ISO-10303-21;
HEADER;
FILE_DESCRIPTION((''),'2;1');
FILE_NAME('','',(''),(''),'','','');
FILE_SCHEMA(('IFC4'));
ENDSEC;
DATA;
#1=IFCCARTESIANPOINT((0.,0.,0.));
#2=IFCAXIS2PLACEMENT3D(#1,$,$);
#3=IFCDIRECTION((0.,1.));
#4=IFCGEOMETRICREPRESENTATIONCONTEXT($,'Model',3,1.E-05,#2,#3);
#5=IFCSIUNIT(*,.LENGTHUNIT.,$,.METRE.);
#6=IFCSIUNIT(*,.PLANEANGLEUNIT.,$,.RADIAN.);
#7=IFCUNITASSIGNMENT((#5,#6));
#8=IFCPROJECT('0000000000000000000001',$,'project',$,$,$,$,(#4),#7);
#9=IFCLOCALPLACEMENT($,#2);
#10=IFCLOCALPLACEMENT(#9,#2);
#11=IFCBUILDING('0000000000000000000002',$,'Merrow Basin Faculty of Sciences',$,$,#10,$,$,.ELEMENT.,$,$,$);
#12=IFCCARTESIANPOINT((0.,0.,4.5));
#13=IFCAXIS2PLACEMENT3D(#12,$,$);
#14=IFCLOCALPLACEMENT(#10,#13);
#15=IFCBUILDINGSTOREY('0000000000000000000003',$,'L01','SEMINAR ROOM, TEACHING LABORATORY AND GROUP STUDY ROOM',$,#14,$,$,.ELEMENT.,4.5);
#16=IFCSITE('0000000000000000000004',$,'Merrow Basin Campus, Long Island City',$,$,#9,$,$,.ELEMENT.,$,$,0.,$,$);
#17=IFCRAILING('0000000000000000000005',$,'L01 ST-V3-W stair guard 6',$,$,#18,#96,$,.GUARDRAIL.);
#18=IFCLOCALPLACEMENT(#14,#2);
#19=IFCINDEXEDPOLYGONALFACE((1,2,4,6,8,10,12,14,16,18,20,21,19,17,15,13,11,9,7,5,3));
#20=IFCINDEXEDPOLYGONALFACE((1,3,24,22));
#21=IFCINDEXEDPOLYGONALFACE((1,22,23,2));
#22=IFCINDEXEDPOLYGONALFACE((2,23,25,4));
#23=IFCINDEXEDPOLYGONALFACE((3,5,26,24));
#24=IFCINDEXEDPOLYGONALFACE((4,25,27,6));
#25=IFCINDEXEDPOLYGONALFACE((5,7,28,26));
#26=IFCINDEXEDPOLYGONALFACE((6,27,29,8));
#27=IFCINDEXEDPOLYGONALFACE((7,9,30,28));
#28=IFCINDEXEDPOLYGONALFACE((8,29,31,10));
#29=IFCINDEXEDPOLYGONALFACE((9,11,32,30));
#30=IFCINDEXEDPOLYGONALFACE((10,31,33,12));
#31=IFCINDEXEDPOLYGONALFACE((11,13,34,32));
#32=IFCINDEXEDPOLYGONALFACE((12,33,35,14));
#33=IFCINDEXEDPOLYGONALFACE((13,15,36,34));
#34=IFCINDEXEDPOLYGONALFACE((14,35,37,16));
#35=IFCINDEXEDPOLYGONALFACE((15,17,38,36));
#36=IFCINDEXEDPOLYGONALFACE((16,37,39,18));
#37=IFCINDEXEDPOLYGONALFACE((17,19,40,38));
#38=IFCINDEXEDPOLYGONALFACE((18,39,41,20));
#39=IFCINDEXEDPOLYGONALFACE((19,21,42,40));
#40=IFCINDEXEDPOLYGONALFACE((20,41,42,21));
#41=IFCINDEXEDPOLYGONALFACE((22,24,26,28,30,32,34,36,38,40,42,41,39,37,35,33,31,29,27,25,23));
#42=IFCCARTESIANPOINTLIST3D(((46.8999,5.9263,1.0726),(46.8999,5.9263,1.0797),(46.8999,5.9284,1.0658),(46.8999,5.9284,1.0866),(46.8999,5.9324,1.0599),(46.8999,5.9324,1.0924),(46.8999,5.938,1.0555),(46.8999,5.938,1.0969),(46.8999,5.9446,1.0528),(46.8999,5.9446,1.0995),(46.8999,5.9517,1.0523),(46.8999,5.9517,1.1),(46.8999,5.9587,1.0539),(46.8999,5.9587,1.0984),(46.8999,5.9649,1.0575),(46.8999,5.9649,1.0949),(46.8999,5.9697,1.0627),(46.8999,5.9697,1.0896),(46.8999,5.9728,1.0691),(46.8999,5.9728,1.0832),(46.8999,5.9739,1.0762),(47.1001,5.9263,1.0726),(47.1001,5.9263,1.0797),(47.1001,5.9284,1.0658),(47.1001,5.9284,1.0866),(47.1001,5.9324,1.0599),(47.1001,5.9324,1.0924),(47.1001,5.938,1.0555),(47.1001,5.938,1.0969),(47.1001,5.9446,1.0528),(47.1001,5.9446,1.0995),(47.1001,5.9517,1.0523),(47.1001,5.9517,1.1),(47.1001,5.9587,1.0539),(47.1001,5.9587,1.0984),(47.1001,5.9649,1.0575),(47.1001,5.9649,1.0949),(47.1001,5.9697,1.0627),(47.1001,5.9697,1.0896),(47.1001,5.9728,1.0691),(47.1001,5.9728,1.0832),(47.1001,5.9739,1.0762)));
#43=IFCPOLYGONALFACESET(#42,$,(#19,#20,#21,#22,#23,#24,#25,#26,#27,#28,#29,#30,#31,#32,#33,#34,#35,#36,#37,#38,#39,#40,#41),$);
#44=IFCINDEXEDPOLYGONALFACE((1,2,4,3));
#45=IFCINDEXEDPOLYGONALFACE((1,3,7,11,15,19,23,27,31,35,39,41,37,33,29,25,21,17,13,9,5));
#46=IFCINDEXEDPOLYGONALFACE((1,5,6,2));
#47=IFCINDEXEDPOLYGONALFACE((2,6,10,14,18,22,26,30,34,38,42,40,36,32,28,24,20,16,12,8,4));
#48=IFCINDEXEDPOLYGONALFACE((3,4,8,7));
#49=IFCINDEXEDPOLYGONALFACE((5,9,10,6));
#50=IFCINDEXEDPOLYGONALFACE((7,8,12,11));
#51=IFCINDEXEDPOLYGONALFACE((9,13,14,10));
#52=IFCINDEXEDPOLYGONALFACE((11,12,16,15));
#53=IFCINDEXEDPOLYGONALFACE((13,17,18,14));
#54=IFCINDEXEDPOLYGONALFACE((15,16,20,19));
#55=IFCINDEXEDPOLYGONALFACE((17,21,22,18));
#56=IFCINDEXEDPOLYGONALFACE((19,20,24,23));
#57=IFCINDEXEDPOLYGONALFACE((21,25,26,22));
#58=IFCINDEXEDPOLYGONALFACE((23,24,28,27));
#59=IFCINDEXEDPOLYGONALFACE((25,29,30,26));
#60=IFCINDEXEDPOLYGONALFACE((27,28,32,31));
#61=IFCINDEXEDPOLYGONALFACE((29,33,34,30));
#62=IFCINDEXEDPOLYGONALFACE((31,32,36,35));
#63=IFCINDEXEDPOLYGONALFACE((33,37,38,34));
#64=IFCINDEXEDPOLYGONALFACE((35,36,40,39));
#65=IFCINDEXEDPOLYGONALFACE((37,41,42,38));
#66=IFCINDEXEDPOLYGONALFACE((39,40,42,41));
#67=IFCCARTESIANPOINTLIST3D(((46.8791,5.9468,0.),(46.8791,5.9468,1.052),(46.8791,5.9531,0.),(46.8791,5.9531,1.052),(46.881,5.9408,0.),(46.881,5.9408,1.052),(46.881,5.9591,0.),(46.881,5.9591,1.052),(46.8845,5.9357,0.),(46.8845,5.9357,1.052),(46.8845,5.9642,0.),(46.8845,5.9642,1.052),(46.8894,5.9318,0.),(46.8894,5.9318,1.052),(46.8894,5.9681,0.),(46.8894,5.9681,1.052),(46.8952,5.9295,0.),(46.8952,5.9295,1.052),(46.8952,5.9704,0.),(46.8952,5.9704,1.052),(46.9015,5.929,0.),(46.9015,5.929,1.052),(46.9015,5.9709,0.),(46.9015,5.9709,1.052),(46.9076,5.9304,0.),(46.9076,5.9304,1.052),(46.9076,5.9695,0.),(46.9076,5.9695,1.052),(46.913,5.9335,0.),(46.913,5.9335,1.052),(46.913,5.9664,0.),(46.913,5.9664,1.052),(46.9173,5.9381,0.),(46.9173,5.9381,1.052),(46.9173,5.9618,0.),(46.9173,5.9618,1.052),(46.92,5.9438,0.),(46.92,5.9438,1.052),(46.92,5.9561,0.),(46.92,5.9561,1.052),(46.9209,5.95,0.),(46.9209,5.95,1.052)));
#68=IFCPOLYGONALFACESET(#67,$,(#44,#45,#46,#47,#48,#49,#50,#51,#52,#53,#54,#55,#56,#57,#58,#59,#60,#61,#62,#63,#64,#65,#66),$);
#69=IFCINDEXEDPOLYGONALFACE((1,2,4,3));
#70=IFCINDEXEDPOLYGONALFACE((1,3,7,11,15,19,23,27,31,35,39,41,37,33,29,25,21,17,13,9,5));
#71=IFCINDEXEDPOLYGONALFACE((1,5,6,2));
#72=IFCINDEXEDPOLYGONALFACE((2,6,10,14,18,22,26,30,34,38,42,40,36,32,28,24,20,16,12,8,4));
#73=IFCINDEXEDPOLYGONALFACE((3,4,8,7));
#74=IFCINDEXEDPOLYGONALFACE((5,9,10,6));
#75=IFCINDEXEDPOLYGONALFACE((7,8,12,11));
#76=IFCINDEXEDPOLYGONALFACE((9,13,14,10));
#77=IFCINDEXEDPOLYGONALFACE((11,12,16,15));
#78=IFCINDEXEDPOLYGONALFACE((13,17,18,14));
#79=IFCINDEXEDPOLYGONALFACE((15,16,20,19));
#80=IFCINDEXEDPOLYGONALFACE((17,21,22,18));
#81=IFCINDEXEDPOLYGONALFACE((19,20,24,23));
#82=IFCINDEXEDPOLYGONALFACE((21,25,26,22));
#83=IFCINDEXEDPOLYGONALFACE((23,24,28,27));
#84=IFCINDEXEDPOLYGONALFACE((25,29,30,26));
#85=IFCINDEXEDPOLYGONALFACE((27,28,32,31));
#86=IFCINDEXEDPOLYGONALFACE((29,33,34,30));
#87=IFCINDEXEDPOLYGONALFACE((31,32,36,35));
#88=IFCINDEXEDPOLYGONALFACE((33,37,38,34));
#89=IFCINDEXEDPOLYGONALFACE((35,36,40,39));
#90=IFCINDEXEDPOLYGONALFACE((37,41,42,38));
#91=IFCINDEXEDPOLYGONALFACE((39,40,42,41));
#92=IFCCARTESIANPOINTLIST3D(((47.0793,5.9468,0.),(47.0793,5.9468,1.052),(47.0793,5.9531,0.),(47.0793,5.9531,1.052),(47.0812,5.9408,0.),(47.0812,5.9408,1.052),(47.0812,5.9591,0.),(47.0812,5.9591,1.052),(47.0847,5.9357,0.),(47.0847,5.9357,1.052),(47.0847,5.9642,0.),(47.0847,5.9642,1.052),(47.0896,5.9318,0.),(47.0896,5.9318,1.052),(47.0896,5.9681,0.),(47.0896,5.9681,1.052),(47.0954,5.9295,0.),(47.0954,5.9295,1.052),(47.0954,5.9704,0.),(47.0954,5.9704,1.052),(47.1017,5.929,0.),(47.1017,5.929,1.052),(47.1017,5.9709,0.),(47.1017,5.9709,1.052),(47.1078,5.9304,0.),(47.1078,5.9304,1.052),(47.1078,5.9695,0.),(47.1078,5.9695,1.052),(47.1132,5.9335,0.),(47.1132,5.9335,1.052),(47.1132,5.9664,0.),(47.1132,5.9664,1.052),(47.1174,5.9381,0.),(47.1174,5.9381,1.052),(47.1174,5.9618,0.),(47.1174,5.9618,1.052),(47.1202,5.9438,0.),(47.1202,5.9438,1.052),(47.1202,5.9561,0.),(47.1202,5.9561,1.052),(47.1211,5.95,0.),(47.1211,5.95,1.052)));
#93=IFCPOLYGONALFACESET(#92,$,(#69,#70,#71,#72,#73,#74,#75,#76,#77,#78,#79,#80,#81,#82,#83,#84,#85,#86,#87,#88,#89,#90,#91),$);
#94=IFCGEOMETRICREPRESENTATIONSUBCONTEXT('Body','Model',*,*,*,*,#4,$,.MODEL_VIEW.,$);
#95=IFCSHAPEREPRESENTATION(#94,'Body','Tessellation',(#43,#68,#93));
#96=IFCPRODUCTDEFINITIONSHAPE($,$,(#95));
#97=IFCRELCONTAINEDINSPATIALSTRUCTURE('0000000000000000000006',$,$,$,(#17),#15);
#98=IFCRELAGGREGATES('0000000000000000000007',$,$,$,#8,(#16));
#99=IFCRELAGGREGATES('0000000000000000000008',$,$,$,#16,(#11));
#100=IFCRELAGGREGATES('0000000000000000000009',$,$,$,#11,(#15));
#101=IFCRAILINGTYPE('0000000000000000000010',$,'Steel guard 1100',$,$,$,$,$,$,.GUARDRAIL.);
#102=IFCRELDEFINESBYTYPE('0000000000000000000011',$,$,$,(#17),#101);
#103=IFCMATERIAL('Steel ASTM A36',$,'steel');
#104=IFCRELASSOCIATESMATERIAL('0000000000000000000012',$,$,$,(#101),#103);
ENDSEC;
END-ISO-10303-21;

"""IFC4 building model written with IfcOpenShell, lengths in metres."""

from ifc_helpers import new_model, si_unit, direction, frame, origin, origin_2d, place, context, subcontext, project, spatial, circle, extrude, material, type_object, element, save


model = new_model("IFC4")

# Units and contexts
model_context = context("Model", 3, precision=1e-05, world=origin(), true_north=direction((0.0, 1.0)))
body_context = subcontext(model_context, "Body", "Model", "MODEL_VIEW")
ifc_project = project(units=[si_unit("LENGTHUNIT", "METRE"), si_unit("PLANEANGLEUNIT", "RADIAN")], contexts=[model_context])

# Site, building, storey
site_placement = place(None, origin())
site = spatial("IfcSite", under=ifc_project, at=site_placement, Name="Merrow Basin Campus, Long Island City", CompositionType="ELEMENT", RefElevation=0.0)
building_placement = place(site_placement, origin())
building = spatial("IfcBuilding", under=site, at=building_placement, Name="Merrow Basin Faculty of Sciences", CompositionType="ELEMENT")
storey_placement = place(building_placement, frame((0.0, 0.0, 4.5)))
storey = spatial("IfcBuildingStorey", under=building, at=storey_placement, Name="L01", Description="SEMINAR ROOM, TEACHING LABORATORY AND GROUP STUDY ROOM", CompositionType="ELEMENT", Elevation=4.5)

# Railing
ifc_material_1 = material(Name="Steel ASTM A36", Category="steel")
railing_type_1 = type_object("IfcRailingType", Name="Steel guard 1100", PredefinedType="GUARDRAIL", material=ifc_material_1)
railing_1_placement = place(storey_placement, frame((46.8999, 5.95, 0.0)))
element("IfcRailing", 1, at=railing_1_placement, inside=storey, type_object=railing_type_1, Name="L01 ST-V3-W stair guard 6", PredefinedType="GUARDRAIL", context=body_context, shape_type="SweptSolid", body=[
    extrude(circle(Radius=0.0239, at=origin_2d()), frame((0.0, 0.0, 1.0762), z_axis=(1.0, 0.0, 0.0), x_axis=(0.0, 1.0, 0.0)), (0.0, 0.0, 1.0), 0.2002),
    extrude(circle(Radius=0.021, at=origin_2d()), origin(), (0.0, 0.0, 1.0), 1.052),
    extrude(circle(Radius=0.021, at=origin_2d()), frame((0.2002, 0.0, 0.0)), (0.0, 0.0, 1.0), 1.052),
])

save(model, "model.ifc")
